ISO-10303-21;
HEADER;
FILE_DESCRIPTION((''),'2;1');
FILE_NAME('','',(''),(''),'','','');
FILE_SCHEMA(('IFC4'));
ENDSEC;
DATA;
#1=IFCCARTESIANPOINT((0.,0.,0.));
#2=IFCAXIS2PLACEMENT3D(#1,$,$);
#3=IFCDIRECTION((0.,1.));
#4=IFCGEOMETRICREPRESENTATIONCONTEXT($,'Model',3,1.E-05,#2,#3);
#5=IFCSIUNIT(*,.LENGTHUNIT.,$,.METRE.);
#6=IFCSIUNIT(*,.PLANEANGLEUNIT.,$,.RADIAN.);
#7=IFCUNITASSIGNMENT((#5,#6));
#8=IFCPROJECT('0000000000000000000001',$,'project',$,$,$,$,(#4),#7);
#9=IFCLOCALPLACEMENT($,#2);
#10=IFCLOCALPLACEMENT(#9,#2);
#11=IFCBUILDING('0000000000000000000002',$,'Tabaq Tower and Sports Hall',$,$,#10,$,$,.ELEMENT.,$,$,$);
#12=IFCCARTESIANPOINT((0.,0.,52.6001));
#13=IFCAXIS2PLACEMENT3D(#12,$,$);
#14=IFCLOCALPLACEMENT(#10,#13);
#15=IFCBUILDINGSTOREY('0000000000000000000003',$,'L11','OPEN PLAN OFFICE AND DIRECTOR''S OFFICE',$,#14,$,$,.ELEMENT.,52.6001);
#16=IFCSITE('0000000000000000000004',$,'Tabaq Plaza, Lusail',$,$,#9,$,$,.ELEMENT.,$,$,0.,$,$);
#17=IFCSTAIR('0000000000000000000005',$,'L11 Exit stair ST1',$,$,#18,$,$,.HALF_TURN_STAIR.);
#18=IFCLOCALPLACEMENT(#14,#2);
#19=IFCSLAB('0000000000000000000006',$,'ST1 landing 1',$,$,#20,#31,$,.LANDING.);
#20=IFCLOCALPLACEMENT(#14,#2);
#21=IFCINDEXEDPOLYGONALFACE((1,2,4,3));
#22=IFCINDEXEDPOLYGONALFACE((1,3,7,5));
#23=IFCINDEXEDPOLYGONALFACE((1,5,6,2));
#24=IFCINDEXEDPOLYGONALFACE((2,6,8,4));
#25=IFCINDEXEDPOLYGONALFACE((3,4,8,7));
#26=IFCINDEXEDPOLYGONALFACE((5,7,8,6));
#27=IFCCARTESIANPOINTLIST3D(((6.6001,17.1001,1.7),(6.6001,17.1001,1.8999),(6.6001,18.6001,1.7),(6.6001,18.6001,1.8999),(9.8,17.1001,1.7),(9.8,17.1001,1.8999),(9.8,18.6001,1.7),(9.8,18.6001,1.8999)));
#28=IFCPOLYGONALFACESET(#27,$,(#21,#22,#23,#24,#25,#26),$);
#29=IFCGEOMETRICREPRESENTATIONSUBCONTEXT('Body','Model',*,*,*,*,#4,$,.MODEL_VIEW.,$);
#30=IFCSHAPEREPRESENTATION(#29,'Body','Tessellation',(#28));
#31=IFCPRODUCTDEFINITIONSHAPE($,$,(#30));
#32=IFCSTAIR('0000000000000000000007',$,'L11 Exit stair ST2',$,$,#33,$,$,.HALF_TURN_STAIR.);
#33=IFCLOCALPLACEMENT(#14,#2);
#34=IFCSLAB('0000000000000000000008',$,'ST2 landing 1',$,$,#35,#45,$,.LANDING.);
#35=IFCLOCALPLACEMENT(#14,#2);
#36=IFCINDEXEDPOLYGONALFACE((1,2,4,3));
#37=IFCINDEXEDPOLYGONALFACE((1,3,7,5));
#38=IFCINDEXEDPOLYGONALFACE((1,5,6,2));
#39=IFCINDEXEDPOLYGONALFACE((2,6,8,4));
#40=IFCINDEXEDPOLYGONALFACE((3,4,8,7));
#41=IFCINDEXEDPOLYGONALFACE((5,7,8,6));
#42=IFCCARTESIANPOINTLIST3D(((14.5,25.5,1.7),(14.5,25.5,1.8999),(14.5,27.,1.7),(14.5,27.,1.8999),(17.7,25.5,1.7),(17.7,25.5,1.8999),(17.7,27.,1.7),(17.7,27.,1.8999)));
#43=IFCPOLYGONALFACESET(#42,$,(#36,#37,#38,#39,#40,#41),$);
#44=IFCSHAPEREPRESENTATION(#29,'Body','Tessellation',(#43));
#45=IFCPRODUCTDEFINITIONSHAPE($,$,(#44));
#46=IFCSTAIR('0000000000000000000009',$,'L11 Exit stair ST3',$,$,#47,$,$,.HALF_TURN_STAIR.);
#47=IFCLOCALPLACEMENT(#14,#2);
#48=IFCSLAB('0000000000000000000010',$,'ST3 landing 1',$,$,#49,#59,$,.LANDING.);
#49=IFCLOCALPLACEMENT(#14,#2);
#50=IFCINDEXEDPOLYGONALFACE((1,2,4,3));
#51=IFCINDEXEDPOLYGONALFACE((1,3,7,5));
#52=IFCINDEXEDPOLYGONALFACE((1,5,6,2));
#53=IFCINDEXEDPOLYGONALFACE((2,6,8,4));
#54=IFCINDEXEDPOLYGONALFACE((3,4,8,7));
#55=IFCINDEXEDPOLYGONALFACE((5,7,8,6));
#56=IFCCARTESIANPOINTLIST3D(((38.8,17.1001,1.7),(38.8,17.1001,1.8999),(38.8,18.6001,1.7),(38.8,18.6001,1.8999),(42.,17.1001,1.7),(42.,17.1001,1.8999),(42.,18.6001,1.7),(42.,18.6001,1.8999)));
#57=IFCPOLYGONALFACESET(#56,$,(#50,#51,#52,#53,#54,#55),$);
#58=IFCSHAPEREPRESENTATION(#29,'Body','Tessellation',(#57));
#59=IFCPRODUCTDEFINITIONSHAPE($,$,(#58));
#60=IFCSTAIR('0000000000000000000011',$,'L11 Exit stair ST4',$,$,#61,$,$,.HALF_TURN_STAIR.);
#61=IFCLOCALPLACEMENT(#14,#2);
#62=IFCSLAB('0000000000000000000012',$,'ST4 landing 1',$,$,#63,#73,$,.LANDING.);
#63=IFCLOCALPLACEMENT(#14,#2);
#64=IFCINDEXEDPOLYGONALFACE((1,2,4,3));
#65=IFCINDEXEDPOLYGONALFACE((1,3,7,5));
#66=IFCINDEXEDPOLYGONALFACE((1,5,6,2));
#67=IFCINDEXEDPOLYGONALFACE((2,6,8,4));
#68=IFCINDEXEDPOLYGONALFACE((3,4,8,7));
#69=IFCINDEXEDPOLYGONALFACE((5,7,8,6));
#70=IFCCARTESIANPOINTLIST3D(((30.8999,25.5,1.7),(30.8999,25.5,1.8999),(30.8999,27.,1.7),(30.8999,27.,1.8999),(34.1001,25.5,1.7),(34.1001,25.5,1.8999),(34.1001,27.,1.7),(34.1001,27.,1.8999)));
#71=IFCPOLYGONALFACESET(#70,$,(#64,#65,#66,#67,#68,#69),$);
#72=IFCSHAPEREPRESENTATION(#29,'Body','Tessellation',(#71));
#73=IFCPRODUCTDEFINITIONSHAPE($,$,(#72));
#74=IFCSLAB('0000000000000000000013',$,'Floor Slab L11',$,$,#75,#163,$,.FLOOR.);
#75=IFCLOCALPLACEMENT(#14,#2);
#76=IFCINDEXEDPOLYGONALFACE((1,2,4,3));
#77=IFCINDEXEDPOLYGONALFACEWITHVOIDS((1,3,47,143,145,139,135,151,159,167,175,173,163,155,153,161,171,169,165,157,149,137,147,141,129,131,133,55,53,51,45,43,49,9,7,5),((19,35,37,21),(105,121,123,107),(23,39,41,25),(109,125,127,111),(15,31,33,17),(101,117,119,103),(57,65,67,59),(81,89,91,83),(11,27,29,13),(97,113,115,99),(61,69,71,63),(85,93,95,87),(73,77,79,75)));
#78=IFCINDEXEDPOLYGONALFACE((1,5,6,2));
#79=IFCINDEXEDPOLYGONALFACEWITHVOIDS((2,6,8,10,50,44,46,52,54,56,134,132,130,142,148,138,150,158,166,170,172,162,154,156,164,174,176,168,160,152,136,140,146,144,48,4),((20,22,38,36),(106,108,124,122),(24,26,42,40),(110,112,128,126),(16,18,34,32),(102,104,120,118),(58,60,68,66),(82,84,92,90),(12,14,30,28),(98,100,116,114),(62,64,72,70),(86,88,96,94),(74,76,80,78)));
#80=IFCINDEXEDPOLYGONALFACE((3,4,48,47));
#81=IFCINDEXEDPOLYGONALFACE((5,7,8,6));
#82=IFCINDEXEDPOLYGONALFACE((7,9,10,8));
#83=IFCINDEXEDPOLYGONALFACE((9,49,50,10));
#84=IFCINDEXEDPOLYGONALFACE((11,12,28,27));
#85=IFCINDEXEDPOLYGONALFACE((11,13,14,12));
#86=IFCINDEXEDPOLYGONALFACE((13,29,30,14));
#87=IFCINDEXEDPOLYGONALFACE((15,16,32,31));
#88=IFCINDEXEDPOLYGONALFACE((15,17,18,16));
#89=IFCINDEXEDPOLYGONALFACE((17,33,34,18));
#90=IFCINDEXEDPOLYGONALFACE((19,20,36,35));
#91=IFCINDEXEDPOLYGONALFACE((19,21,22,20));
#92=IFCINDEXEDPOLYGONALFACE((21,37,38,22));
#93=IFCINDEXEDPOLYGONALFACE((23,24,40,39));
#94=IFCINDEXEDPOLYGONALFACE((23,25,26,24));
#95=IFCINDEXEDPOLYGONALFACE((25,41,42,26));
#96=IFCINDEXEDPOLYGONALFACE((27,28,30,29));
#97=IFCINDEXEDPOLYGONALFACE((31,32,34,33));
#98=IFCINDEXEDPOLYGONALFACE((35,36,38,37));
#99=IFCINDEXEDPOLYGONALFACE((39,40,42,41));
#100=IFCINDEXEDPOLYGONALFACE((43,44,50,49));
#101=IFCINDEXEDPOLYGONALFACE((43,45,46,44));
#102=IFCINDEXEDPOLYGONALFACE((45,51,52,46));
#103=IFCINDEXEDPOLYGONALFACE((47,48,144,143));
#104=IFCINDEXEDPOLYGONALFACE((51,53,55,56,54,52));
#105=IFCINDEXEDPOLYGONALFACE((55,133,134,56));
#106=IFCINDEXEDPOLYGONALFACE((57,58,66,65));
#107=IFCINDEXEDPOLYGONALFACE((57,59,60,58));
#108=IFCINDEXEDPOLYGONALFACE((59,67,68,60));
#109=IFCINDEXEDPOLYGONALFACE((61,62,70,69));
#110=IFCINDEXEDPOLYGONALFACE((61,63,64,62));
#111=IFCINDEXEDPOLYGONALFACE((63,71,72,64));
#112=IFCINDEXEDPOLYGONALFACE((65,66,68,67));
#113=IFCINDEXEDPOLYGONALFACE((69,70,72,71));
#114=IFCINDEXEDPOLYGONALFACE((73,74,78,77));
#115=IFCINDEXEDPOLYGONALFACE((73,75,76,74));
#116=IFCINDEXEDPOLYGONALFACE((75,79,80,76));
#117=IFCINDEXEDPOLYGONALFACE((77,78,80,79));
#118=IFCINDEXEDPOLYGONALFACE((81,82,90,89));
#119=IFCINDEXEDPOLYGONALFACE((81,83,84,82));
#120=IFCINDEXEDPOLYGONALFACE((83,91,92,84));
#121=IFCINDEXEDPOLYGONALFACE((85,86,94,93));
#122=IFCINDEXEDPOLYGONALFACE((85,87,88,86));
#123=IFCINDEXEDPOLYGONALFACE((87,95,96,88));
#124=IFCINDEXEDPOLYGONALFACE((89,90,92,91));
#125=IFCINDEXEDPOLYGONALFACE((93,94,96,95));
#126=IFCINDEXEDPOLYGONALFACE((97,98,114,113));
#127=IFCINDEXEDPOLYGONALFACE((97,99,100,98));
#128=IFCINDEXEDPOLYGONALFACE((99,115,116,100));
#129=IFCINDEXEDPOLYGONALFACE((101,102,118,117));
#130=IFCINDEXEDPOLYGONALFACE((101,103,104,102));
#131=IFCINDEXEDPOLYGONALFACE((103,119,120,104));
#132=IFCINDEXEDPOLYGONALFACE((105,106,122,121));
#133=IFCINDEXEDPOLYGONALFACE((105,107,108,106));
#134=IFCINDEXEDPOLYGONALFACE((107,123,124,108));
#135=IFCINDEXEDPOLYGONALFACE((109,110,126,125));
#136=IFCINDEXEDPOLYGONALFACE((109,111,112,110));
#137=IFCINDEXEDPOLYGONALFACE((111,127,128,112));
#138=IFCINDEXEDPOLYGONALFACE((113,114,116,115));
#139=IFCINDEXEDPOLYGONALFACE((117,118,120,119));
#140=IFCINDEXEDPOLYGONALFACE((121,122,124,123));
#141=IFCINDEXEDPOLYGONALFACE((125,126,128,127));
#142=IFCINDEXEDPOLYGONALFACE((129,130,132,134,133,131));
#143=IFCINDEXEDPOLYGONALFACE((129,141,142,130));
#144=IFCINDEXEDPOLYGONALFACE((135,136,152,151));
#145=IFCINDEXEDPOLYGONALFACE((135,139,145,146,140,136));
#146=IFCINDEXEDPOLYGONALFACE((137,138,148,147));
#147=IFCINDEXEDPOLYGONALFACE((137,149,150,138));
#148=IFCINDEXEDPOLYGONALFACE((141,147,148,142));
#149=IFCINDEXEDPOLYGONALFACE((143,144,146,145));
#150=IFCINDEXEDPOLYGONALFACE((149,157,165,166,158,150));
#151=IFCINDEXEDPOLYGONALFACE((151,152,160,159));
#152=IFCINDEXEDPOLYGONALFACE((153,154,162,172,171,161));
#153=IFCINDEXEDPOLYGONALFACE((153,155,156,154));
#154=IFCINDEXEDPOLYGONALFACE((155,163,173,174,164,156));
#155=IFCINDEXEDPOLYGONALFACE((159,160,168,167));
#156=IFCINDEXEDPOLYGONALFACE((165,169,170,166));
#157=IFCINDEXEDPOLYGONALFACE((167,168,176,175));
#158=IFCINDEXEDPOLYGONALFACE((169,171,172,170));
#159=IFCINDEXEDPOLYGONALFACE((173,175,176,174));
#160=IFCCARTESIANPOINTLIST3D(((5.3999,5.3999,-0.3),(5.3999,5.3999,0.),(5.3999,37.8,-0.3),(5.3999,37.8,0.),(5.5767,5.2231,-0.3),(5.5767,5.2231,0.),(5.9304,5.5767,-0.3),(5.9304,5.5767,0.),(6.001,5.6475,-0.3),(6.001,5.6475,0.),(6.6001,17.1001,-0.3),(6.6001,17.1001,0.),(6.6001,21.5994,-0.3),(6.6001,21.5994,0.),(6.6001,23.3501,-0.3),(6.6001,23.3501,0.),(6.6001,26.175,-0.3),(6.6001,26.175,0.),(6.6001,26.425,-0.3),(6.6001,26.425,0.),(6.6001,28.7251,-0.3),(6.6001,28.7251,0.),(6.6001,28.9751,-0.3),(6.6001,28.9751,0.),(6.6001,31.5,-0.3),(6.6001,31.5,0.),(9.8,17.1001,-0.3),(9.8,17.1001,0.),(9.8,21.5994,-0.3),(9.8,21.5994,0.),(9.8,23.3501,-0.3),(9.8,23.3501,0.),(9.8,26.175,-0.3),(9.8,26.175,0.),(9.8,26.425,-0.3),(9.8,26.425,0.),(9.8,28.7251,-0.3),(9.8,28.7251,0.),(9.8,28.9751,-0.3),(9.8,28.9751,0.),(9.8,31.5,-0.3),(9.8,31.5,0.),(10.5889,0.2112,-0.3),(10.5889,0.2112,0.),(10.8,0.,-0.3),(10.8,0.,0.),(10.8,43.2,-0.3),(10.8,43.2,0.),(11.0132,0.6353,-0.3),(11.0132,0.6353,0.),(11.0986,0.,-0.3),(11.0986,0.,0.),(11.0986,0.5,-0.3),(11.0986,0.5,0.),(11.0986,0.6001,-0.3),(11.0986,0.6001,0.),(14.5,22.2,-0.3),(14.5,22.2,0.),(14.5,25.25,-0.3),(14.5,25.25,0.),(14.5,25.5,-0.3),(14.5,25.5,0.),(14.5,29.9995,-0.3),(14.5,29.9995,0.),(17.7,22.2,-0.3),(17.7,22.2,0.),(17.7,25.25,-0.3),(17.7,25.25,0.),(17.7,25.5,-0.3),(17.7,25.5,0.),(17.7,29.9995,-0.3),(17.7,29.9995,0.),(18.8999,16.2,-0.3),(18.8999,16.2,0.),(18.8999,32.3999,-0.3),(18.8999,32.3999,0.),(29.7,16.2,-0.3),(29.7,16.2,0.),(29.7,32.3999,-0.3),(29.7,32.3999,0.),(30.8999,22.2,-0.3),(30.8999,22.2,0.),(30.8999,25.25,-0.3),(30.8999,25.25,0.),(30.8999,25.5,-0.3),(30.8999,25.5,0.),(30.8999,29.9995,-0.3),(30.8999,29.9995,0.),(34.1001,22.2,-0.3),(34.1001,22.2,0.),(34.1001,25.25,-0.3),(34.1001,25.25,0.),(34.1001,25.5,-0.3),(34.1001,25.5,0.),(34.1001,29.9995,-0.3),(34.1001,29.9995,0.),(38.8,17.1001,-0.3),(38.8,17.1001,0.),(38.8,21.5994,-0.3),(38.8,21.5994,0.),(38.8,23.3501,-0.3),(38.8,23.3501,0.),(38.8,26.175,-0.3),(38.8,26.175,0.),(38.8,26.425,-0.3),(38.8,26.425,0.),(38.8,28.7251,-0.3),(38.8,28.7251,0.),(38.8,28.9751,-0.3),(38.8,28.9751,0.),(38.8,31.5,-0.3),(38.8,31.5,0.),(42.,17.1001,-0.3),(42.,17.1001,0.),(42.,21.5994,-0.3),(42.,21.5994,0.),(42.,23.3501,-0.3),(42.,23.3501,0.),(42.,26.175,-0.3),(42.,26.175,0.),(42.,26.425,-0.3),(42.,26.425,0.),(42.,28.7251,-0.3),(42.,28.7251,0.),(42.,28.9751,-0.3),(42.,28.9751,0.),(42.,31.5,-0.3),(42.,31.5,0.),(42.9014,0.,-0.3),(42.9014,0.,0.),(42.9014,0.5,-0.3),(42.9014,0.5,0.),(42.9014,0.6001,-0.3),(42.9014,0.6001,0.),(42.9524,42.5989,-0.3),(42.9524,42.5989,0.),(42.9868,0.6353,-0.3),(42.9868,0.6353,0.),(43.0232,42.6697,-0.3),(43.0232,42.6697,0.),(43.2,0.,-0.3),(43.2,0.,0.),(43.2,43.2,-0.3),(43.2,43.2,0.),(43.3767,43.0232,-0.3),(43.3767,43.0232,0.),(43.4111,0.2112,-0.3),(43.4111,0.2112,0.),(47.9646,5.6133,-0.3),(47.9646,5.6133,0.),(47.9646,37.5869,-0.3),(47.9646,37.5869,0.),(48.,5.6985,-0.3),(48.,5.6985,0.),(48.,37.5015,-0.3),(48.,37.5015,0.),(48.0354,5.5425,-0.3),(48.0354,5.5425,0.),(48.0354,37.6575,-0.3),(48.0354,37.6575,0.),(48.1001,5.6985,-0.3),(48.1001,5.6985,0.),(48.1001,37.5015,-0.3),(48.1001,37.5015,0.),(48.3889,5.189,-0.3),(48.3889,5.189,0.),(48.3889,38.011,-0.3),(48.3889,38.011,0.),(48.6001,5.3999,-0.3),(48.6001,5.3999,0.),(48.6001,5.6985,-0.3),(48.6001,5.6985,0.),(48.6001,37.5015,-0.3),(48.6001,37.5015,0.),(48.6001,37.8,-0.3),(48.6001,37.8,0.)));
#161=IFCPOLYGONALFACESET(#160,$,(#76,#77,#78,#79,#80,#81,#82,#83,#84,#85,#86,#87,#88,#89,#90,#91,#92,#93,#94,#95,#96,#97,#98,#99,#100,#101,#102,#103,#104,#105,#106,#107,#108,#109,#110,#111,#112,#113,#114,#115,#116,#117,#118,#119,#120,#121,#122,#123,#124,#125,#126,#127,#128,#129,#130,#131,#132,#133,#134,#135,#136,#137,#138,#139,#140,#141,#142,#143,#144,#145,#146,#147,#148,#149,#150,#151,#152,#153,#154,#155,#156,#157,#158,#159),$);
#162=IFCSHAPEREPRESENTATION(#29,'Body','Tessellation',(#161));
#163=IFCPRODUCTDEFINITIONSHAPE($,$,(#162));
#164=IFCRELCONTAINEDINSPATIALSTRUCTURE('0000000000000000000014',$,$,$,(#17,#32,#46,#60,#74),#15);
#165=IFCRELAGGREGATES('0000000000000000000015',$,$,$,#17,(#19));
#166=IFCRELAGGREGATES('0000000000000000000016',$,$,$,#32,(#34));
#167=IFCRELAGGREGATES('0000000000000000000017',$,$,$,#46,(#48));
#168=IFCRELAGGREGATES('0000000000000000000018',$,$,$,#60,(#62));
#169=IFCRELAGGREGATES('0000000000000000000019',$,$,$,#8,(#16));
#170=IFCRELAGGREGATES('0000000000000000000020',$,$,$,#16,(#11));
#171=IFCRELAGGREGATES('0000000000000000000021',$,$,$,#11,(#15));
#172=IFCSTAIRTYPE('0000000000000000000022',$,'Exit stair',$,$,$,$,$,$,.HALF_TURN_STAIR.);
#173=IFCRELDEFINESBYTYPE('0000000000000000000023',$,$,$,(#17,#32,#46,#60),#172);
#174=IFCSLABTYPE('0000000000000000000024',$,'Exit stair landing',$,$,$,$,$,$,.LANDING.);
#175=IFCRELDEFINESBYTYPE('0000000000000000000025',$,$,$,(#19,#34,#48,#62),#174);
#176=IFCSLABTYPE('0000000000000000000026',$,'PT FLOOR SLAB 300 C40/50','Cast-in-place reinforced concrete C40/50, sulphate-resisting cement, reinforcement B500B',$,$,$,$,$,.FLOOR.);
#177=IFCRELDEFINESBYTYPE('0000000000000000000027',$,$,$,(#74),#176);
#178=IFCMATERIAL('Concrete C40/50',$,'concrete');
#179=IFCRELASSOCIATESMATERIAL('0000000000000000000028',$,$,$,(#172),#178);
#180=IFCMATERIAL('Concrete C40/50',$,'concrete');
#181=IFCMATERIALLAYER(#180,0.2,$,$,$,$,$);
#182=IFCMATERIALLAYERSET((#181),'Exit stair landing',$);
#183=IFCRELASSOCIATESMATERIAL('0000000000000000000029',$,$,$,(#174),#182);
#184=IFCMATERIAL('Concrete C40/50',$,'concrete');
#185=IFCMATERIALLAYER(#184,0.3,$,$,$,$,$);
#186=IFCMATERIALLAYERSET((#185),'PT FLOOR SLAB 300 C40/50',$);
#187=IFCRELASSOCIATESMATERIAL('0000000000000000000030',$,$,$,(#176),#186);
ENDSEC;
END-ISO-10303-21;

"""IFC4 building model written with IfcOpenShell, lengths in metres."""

from ifc_helpers import new_model, si_unit, direction, frame, origin, place, context, subcontext, project, spatial, polyline, outline, extrude, material, layer, layer_set, type_object, element, aggregate, save


model = new_model("IFC4")

# Units and contexts
model_context = context("Model", 3, precision=1e-05, world=origin(), true_north=direction((0.0, 1.0)))
body_context = subcontext(model_context, "Body", "Model", "MODEL_VIEW")
ifc_project = project(units=[si_unit("LENGTHUNIT", "METRE"), si_unit("PLANEANGLEUNIT", "RADIAN")], contexts=[model_context])

# Site, building, storey
site_placement = place(None, origin())
site = spatial("IfcSite", under=ifc_project, at=site_placement, Name="Tabaq Plaza, Lusail", CompositionType="ELEMENT", RefElevation=0.0)
building_placement = place(site_placement, origin())
building = spatial("IfcBuilding", under=site, at=building_placement, Name="Tabaq Tower and Sports Hall", CompositionType="ELEMENT")
storey_placement = place(building_placement, frame((0.0, 0.0, 52.6001)))
storey = spatial("IfcBuildingStorey", under=building, at=storey_placement, Name="L11", Description="OPEN PLAN OFFICE AND DIRECTOR'S OFFICE", CompositionType="ELEMENT", Elevation=52.6001)

# Stairs, slabs
ifc_material_1 = material(Name="Concrete C40/50", Category="concrete")
stair_type = type_object("IfcStairType", Name="Exit stair", PredefinedType="HALF_TURN_STAIR", material=ifc_material_1)
stair_1_placement = place(storey_placement, origin())
stair_1 = element("IfcStair", 1, at=stair_1_placement, inside=storey, type_object=stair_type, Name="L11 Exit stair ST1", PredefinedType="HALF_TURN_STAIR")
ifc_material_2 = material(Name="Concrete C40/50", Category="concrete")
ifc_layer_1 = layer(ifc_material_2, 0.2)
ifc_layer_set_1 = layer_set([ifc_layer_1], Name="Exit stair landing")
slab_type_1 = type_object("IfcSlabType", Name="Exit stair landing", PredefinedType="LANDING", material=ifc_layer_set_1)
slab_1_placement = place(storey_placement, frame((0.0, 0.0, 1.7)))
slab_1 = element("IfcSlab", 2, at=slab_1_placement, type_object=slab_type_1, Name="ST1 landing 1", PredefinedType="LANDING", context=body_context, shape_type="SweptSolid", body=[
    extrude(outline(polyline([(6.6001, 18.6001), (6.6001, 17.1001), (9.8, 17.1001), (9.8, 18.6001), (6.6001, 18.6001)])), origin(), (0.0, 0.0, 1.0), 0.2),
])
aggregate(stair_1, [slab_1])
stair_2_placement = place(storey_placement, origin())
stair_2 = element("IfcStair", 3, at=stair_2_placement, inside=storey, type_object=stair_type, Name="L11 Exit stair ST2", PredefinedType="HALF_TURN_STAIR")
slab_2_placement = place(storey_placement, frame((0.0, 0.0, 1.7)))
slab_2 = element("IfcSlab", 4, at=slab_2_placement, type_object=slab_type_1, Name="ST2 landing 1", PredefinedType="LANDING", context=body_context, shape_type="SweptSolid", body=[
    extrude(outline(polyline([(14.5, 27.0), (14.5, 25.5), (17.7, 25.5), (17.7, 27.0), (14.5, 27.0)])), origin(), (0.0, 0.0, 1.0), 0.2),
])
aggregate(stair_2, [slab_2])
stair_3_placement = place(storey_placement, origin())
stair_3 = element("IfcStair", 5, at=stair_3_placement, inside=storey, type_object=stair_type, Name="L11 Exit stair ST3", PredefinedType="HALF_TURN_STAIR")
slab_3_placement = place(storey_placement, frame((0.0, 0.0, 1.7)))
slab_3 = element("IfcSlab", 6, at=slab_3_placement, type_object=slab_type_1, Name="ST3 landing 1", PredefinedType="LANDING", context=body_context, shape_type="SweptSolid", body=[
    extrude(outline(polyline([(38.8, 18.6001), (38.8, 17.1001), (42.0, 17.1001), (42.0, 18.6001), (38.8, 18.6001)])), origin(), (0.0, 0.0, 1.0), 0.2),
])
aggregate(stair_3, [slab_3])
stair_4_placement = place(storey_placement, origin())
stair_4 = element("IfcStair", 7, at=stair_4_placement, inside=storey, type_object=stair_type, Name="L11 Exit stair ST4", PredefinedType="HALF_TURN_STAIR")
slab_4_placement = place(storey_placement, frame((0.0, 0.0, 1.7)))
slab_4 = element("IfcSlab", 8, at=slab_4_placement, type_object=slab_type_1, Name="ST4 landing 1", PredefinedType="LANDING", context=body_context, shape_type="SweptSolid", body=[
    extrude(outline(polyline([(30.8999, 27.0), (30.8999, 25.5), (34.1001, 25.5), (34.1001, 27.0), (30.8999, 27.0)])), origin(), (0.0, 0.0, 1.0), 0.2),
])
aggregate(stair_4, [slab_4])

# Slab
ifc_material_3 = material(Name="Concrete C40/50", Category="concrete")
ifc_layer_2 = layer(ifc_material_3, 0.3)
ifc_layer_set_2 = layer_set([ifc_layer_2], Name="PT FLOOR SLAB 300 C40/50")
slab_type_2 = type_object("IfcSlabType", Name="PT FLOOR SLAB 300 C40/50", Description="Cast-in-place reinforced concrete C40/50, sulphate-resisting cement, reinforcement B500B", PredefinedType="FLOOR", material=ifc_layer_set_2)
slab_5_placement = place(storey_placement, frame((0.0, 0.0, -0.3)))
element("IfcSlab", 9, at=slab_5_placement, inside=storey, type_object=slab_type_2, Name="Floor Slab L11", PredefinedType="FLOOR", context=body_context, shape_type="SweptSolid", body=[
    extrude(outline(polyline([(5.3999, 37.8), (5.3999, 5.3999), (5.5767, 5.2231), (5.9304, 5.5767), (6.001, 5.6475), (11.0132, 0.6353), (10.5889, 0.2112), (10.8, 0.0), (11.0986, 0.0), (11.0986, 0.5), (11.0986, 0.6001), (42.9014, 0.6001), (42.9014, 0.5), (42.9014, 0.0), (43.2, 0.0), (43.4111, 0.2112), (42.9868, 0.6353), (47.9646, 5.6133), (48.0354, 5.5425), (48.3889, 5.189), (48.6001, 5.3999), (48.6001, 5.6985), (48.1001, 5.6985), (48.0, 5.6985), (48.0, 37.5015), (48.1001, 37.5015), (48.6001, 37.5015), (48.6001, 37.8), (48.3889, 38.011), (48.0354, 37.6575), (47.9646, 37.5869), (42.9524, 42.5989), (43.0232, 42.6697), (43.3767, 43.0232), (43.2, 43.2), (10.8, 43.2), (5.3999, 37.8)]), holes=[polyline([(6.6001, 21.5994), (9.8, 21.5994), (9.8, 17.1001), (6.6001, 17.1001), (6.6001, 21.5994)]), polyline([(17.7, 25.25), (17.7, 22.2), (14.5, 22.2), (14.5, 25.25), (17.7, 25.25)]), polyline([(18.8999, 32.3999), (29.7, 32.3999), (29.7, 16.2), (18.8999, 16.2), (18.8999, 32.3999)]), polyline([(6.6001, 26.175), (9.8, 26.175), (9.8, 23.3501), (6.6001, 23.3501), (6.6001, 26.175)]), polyline([(9.8, 28.7251), (9.8, 26.425), (6.6001, 26.425), (6.6001, 28.7251), (9.8, 28.7251)]), polyline([(17.7, 29.9995), (17.7, 25.5), (14.5, 25.5), (14.5, 29.9995), (17.7, 29.9995)]), polyline([(6.6001, 31.5), (9.8, 31.5), (9.8, 28.9751), (6.6001, 28.9751), (6.6001, 31.5)]), polyline([(42.0, 21.5994), (42.0, 17.1001), (38.8, 17.1001), (38.8, 21.5994), (42.0, 21.5994)]), polyline([(34.1001, 25.25), (34.1001, 22.2), (30.8999, 22.2), (30.8999, 25.25), (34.1001, 25.25)]), polyline([(42.0, 26.175), (42.0, 23.3501), (38.8, 23.3501), (38.8, 26.175), (42.0, 26.175)]), polyline([(42.0, 28.7251), (42.0, 26.425), (38.8, 26.425), (38.8, 28.7251), (42.0, 28.7251)]), polyline([(34.1001, 29.9995), (34.1001, 25.5), (30.8999, 25.5), (30.8999, 29.9995), (34.1001, 29.9995)]), polyline([(42.0, 31.5), (42.0, 28.9751), (38.8, 28.9751), (38.8, 31.5), (42.0, 31.5)])]), origin(), (0.0, 0.0, 1.0), 0.3),
])

save(model, "model.ifc")
